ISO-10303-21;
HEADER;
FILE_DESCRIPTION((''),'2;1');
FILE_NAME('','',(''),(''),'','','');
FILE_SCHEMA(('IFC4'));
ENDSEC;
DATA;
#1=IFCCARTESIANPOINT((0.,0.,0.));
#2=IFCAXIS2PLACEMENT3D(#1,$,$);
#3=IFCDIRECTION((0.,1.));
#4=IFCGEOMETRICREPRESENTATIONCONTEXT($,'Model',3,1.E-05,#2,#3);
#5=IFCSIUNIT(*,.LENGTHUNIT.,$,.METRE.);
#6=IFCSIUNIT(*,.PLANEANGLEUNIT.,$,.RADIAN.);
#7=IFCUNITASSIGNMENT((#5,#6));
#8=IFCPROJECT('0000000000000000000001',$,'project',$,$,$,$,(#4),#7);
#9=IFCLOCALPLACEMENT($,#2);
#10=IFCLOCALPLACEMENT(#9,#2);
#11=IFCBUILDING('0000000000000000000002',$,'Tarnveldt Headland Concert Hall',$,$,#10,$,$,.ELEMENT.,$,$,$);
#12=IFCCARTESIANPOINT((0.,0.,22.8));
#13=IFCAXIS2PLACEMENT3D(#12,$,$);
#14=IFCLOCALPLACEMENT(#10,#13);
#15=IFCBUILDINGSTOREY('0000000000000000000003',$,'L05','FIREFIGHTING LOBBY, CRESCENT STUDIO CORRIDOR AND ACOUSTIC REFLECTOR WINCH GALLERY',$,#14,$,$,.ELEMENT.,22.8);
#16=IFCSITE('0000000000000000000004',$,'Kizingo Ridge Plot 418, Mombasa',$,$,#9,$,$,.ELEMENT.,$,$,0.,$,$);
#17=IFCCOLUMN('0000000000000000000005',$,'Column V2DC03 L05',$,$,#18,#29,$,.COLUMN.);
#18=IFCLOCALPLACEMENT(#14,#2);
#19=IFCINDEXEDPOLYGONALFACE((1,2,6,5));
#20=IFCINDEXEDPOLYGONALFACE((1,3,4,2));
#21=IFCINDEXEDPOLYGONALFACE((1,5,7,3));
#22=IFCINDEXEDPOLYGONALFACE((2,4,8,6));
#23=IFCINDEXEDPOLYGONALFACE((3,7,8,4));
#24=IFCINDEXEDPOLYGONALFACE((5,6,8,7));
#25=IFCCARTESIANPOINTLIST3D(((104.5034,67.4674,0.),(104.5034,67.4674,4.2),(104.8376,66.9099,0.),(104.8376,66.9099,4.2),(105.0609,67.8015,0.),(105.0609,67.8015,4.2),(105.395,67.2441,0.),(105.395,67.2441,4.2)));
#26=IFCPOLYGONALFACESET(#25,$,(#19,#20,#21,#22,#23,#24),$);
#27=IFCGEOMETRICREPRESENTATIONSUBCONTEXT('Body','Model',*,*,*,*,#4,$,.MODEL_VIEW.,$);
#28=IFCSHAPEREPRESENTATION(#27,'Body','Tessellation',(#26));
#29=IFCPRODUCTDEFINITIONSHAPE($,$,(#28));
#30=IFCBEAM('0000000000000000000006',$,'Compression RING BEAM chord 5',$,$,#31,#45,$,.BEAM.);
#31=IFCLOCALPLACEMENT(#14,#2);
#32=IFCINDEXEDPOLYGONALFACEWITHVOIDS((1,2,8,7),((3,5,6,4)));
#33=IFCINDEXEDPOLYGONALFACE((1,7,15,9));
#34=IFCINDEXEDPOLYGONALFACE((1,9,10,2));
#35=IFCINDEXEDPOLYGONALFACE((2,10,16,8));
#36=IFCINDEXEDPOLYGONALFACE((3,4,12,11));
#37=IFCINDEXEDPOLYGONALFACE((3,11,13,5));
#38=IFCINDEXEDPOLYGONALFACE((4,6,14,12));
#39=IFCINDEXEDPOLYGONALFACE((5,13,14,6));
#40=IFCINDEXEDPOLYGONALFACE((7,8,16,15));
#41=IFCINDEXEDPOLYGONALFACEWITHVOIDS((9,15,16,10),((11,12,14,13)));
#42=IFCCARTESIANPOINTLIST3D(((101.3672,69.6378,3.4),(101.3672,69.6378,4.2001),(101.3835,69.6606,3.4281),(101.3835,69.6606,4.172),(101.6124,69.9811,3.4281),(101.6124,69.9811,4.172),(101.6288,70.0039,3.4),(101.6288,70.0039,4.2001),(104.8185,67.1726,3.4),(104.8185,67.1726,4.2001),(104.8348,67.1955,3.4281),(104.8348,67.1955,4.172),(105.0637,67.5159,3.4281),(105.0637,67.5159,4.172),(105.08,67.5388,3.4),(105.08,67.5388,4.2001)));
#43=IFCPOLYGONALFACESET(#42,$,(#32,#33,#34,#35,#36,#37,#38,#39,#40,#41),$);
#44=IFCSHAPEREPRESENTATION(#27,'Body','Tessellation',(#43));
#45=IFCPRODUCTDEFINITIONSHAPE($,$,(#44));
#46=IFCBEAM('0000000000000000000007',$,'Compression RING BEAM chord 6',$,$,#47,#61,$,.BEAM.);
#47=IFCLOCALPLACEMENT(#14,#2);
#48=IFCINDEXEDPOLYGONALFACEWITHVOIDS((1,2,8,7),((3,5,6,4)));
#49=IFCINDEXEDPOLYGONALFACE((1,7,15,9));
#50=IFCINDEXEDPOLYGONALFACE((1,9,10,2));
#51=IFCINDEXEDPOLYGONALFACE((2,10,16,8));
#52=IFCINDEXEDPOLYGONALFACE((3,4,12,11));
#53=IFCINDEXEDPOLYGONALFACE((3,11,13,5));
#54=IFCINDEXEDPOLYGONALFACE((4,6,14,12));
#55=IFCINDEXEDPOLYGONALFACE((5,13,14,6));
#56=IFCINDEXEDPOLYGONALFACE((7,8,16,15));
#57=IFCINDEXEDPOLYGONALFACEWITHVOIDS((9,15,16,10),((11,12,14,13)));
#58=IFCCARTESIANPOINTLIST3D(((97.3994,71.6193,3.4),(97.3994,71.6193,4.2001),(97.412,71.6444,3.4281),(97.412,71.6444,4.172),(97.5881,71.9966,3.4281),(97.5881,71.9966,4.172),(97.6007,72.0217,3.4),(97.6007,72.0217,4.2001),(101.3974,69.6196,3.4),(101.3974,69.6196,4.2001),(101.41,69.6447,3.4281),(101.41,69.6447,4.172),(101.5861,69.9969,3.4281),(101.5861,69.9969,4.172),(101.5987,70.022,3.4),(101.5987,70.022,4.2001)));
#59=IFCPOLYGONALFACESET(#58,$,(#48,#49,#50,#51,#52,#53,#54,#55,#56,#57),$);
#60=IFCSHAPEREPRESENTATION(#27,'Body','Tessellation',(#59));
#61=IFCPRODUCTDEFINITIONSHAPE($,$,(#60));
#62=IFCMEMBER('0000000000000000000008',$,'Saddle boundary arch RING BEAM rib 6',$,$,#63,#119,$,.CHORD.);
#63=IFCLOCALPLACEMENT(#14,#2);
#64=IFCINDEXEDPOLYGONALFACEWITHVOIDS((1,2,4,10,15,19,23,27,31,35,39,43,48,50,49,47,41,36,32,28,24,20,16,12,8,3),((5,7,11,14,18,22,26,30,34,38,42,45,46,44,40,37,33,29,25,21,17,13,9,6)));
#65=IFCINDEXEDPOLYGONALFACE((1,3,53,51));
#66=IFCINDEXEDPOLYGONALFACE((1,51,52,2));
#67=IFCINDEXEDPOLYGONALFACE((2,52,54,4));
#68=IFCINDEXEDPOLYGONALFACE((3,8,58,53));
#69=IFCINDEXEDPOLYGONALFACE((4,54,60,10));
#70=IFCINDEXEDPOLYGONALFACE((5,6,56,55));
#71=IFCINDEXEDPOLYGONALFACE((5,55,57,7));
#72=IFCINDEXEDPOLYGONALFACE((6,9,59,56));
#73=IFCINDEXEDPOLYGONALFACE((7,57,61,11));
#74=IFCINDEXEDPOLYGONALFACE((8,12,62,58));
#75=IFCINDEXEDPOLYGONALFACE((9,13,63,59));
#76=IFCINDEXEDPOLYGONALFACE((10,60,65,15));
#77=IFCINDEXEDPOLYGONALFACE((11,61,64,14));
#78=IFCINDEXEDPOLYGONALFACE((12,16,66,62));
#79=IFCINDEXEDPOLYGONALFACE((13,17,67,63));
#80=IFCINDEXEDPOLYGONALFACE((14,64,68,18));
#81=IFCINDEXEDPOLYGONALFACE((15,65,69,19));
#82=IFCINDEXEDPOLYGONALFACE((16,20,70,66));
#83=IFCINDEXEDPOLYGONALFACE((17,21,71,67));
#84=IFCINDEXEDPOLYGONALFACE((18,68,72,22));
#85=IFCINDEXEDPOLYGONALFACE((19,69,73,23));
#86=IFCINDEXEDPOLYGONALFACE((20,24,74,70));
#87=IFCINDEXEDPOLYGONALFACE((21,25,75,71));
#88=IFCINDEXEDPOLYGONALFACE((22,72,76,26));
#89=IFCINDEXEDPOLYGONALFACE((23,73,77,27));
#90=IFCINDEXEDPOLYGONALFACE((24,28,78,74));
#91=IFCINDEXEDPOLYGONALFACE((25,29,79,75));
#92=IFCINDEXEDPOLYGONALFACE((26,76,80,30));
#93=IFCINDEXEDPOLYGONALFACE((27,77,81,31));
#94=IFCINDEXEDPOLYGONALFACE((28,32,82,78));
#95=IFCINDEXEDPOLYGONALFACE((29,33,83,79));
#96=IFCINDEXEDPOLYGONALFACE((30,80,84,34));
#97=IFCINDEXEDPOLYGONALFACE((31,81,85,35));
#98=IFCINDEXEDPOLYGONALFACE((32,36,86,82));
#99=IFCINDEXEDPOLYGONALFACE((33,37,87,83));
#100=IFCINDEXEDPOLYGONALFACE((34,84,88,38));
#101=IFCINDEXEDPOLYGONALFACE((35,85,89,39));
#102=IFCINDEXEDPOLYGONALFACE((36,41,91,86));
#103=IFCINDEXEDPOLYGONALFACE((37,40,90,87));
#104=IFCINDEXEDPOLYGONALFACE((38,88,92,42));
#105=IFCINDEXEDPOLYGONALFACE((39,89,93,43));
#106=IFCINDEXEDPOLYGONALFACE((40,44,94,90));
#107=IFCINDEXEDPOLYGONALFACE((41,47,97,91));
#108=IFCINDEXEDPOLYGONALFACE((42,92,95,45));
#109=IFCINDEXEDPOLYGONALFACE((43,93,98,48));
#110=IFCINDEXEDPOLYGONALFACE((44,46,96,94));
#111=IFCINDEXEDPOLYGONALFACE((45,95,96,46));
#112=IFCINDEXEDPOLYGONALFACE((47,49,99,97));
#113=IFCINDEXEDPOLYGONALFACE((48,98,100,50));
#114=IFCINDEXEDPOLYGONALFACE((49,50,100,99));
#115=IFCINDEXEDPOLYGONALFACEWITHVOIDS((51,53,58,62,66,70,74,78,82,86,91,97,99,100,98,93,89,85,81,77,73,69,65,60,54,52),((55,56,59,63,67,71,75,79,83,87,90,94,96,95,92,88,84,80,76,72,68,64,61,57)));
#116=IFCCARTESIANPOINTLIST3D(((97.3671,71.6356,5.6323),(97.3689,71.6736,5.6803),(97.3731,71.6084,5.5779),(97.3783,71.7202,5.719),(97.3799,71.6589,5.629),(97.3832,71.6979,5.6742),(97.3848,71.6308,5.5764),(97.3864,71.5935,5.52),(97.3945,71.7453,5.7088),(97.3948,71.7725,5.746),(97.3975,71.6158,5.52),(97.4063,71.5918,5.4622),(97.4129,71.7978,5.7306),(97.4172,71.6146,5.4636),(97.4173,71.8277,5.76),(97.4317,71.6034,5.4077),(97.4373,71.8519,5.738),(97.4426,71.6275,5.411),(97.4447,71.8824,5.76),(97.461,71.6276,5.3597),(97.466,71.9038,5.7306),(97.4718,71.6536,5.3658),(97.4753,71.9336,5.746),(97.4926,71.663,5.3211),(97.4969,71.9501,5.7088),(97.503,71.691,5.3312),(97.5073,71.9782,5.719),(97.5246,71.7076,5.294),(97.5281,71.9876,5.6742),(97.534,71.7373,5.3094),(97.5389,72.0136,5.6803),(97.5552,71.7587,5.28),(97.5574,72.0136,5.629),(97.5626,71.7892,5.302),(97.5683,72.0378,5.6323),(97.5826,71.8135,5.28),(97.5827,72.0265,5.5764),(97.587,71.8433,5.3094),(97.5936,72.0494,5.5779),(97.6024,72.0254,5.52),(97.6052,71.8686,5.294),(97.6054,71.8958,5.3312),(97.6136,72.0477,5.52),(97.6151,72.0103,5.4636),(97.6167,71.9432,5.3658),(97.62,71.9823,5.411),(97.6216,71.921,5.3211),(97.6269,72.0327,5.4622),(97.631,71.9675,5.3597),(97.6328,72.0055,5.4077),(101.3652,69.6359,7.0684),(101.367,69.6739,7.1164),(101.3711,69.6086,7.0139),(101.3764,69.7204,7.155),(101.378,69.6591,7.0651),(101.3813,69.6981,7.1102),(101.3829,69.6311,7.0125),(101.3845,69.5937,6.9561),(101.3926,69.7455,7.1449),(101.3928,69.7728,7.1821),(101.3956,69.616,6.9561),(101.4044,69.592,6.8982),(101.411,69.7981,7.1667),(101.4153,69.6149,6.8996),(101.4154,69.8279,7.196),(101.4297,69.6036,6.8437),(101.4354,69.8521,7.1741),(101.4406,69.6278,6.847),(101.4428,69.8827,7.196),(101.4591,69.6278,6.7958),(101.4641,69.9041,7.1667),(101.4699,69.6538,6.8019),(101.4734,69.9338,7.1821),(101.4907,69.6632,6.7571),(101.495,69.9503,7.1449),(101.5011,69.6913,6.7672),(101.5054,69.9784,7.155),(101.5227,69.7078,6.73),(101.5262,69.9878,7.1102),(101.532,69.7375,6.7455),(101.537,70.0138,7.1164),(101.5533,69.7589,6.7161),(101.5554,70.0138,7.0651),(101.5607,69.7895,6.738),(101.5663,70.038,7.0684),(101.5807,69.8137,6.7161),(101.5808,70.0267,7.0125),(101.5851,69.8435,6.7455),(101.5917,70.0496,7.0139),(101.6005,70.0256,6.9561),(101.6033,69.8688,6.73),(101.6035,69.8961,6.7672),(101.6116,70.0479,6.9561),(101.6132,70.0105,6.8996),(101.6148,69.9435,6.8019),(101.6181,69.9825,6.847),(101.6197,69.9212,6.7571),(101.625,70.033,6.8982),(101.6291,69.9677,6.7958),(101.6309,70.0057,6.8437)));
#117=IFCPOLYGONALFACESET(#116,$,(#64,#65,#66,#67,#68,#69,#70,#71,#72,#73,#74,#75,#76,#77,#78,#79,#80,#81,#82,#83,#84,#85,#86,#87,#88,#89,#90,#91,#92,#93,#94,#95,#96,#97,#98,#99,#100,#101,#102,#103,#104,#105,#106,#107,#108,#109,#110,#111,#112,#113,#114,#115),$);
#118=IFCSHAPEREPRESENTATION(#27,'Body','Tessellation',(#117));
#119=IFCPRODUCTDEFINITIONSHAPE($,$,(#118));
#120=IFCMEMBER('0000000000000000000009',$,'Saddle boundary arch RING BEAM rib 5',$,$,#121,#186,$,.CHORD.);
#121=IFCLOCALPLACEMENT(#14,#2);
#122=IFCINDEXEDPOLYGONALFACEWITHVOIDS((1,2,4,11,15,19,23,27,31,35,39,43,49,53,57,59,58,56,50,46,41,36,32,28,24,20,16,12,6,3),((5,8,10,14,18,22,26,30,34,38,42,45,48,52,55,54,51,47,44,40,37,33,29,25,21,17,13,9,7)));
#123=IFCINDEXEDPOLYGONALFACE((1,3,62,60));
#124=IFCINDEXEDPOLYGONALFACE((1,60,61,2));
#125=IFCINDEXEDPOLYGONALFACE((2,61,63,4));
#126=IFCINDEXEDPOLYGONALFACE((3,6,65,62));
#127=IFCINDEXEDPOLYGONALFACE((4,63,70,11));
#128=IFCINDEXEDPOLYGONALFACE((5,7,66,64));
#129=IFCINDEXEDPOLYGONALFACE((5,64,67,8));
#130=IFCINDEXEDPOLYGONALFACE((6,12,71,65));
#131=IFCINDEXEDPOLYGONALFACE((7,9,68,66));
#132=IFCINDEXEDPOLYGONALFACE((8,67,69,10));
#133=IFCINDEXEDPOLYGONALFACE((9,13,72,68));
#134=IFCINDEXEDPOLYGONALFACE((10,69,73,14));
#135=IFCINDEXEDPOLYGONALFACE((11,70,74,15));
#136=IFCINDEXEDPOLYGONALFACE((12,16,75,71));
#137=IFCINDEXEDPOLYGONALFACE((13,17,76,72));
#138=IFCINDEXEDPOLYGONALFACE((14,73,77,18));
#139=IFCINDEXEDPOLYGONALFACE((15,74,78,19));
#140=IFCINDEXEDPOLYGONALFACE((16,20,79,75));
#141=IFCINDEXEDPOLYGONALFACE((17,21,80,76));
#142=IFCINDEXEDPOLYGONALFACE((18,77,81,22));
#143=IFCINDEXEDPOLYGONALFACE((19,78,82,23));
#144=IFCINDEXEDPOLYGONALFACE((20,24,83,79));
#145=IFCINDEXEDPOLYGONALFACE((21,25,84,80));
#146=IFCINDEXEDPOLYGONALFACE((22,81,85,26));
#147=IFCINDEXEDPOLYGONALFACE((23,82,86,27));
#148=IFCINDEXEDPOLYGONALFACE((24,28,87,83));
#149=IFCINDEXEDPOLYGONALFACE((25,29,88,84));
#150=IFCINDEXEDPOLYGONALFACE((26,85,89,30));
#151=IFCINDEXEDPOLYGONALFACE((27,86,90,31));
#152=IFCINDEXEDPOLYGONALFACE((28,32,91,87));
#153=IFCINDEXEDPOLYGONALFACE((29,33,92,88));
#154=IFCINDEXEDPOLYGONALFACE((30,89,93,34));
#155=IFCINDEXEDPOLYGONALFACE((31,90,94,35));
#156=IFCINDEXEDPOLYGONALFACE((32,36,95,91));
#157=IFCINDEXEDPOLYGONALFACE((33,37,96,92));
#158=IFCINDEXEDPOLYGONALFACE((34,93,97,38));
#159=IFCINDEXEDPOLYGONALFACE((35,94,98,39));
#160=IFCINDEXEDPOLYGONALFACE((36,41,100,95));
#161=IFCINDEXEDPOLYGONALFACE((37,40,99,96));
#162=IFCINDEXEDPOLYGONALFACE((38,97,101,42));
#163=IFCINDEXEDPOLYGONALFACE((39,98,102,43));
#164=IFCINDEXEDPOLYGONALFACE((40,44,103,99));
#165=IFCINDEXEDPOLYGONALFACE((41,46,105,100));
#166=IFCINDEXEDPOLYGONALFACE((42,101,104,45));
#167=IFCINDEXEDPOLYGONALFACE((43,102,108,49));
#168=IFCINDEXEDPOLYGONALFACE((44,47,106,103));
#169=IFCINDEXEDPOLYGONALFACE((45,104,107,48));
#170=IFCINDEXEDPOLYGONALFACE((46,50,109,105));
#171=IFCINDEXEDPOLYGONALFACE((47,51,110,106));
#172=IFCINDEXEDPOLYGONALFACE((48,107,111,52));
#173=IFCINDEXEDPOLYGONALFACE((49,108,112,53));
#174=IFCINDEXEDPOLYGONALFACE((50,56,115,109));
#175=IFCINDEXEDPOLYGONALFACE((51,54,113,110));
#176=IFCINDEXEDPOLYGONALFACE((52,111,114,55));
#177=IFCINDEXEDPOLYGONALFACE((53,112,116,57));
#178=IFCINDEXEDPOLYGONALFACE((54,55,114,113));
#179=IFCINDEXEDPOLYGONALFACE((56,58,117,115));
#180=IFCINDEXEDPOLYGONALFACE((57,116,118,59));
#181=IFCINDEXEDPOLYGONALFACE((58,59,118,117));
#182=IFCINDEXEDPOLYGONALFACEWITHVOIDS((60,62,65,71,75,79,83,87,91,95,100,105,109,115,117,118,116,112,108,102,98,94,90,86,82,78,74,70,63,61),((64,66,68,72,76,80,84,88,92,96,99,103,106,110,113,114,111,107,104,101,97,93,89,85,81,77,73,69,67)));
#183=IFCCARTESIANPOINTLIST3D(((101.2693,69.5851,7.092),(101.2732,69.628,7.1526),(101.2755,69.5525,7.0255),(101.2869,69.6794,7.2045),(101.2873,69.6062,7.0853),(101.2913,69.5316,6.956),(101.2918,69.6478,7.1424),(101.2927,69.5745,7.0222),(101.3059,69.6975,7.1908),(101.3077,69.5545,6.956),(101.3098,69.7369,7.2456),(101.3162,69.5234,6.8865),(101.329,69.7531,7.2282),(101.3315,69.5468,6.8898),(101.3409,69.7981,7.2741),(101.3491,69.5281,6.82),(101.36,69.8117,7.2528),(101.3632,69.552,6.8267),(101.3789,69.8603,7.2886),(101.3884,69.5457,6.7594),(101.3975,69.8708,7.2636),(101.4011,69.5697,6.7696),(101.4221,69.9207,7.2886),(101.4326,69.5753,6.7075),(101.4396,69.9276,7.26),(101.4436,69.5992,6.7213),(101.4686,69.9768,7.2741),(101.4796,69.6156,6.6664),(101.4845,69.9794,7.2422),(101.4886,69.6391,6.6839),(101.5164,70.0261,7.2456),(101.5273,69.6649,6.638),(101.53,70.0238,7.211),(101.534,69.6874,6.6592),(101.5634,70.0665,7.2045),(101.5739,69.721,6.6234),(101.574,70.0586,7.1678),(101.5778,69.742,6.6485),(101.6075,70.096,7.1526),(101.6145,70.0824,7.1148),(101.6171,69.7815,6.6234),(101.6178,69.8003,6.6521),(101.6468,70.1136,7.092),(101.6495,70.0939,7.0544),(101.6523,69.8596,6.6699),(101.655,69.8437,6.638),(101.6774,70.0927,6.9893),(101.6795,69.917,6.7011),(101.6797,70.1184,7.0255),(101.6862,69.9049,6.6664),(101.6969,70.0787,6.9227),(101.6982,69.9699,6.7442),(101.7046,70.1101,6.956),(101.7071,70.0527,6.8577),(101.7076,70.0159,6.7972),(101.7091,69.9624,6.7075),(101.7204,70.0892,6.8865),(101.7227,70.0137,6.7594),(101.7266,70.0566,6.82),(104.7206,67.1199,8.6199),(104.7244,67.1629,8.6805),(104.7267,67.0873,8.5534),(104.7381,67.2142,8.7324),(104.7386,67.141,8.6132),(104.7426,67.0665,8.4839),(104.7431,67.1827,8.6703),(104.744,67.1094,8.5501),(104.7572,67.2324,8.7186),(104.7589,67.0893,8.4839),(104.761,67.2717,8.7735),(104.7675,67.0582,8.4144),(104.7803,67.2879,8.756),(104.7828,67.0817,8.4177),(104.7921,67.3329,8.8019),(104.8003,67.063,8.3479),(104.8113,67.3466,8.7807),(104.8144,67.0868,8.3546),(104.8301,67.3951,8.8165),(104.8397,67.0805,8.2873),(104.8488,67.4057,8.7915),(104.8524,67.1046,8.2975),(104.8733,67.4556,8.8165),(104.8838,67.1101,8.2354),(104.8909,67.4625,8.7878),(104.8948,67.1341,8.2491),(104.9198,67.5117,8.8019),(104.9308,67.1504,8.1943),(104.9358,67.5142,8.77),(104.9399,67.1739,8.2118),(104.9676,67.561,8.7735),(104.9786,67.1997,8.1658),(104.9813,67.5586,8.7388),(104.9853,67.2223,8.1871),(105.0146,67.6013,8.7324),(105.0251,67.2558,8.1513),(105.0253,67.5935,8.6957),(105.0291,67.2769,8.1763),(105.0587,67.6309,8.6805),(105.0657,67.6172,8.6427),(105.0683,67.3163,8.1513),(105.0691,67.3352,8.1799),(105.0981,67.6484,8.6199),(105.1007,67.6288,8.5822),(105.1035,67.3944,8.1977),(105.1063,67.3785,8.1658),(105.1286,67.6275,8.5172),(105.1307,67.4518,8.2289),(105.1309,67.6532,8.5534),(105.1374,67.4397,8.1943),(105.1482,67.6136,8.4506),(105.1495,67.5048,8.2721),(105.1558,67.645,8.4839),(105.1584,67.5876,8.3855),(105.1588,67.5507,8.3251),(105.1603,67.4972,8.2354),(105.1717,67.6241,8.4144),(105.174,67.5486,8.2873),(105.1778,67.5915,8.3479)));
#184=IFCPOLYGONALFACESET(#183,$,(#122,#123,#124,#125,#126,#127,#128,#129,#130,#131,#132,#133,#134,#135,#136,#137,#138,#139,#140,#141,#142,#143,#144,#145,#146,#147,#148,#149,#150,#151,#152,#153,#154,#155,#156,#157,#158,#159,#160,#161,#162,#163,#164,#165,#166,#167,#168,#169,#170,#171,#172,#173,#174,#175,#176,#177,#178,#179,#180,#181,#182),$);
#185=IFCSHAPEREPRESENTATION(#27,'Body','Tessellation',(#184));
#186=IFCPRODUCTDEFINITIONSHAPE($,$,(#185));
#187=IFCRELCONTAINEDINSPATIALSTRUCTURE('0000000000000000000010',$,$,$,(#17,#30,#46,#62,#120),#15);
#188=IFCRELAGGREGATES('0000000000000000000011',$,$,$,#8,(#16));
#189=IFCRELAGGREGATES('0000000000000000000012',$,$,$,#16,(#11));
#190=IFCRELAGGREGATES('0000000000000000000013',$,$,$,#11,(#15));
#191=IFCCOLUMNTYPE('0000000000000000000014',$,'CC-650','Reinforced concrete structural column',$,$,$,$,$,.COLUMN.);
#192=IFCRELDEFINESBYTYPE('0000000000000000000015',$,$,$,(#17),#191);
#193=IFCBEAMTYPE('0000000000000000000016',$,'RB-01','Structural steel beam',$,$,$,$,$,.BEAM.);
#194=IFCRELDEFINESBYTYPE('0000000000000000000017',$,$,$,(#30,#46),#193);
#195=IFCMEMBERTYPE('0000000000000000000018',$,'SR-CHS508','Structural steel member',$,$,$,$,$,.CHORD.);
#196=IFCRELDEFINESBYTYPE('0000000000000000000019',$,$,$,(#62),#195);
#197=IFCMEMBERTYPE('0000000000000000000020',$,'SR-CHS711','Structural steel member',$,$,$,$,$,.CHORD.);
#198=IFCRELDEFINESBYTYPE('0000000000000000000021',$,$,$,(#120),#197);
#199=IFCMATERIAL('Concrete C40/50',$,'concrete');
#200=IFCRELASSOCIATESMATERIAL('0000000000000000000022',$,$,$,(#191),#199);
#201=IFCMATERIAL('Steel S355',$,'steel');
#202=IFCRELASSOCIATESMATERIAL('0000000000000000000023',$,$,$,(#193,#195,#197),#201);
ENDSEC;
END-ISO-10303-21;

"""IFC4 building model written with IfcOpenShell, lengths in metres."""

from ifc_helpers import new_model, si_unit, direction, frame, origin, origin_2d, place, context, subcontext, project, spatial, rectangle, hollow_rectangle, hollow_circle, extrude, material, material_profile, profile_set, type_object, element, save


model = new_model("IFC4")

# Units and contexts
model_context = context("Model", 3, precision=1e-05, world=origin(), true_north=direction((0.0, 1.0)))
body_context = subcontext(model_context, "Body", "Model", "MODEL_VIEW")
ifc_project = project(units=[si_unit("LENGTHUNIT", "METRE"), si_unit("PLANEANGLEUNIT", "RADIAN")], contexts=[model_context])

# Site, building, storey
site_placement = place(None, origin())
site = spatial("IfcSite", under=ifc_project, at=site_placement, Name="Kizingo Ridge Plot 418, Mombasa", CompositionType="ELEMENT", RefElevation=0.0)
building_placement = place(site_placement, origin())
building = spatial("IfcBuilding", under=site, at=building_placement, Name="Tarnveldt Headland Concert Hall", CompositionType="ELEMENT")
storey_placement = place(building_placement, frame((0.0, 0.0, 22.8)))
storey = spatial("IfcBuildingStorey", under=building, at=storey_placement, Name="L05", Description="FIREFIGHTING LOBBY, CRESCENT STUDIO CORRIDOR AND ACOUSTIC REFLECTOR WINCH GALLERY", CompositionType="ELEMENT", Elevation=22.8)

# Column
ifc_material_1 = material(Name="Concrete C40/50", Category="concrete")
ifc_material_profile_1 = material_profile(ifc_material_1, rectangle(XDim=0.6499, YDim=0.6499, at=origin_2d()), Name="RC 650x650", Category="concrete")
ifc_profile_set_1 = profile_set([ifc_material_profile_1], Name="Concrete C40/50")
column_type = type_object("IfcColumnType", Name="CC-650", Description="Reinforced concrete structural column", PredefinedType="COLUMN", material=ifc_profile_set_1)
column_placement = place(storey_placement, frame((104.9492, 67.3557, 0.0), z_axis=(0.0, 0.0, 1.0), x_axis=(0.857706, 0.51414, 0.0)))
element("IfcColumn", 1, at=column_placement, inside=storey, type_object=column_type, Name="Column V2DC03 L05", PredefinedType="COLUMN", context=body_context, shape_type="SweptSolid", body=[
    extrude(rectangle(XDim=0.6499, YDim=0.6499, at=origin_2d()), origin(), (0.0, 0.0, 1.0), 4.2),
])

# Beams
ifc_material_2 = material(Name="Steel S355", Category="steel")
ifc_material_profile_2 = material_profile(ifc_material_2, hollow_rectangle(XDim=0.45, YDim=0.8, WallThickness=0.0281, at=origin_2d()), Name="RHS 800x450x28", Category="steel")
ifc_profile_set_2 = profile_set([ifc_material_profile_2], Name="Steel S355")
beam_type = type_object("IfcBeamType", Name="RB-01", Description="Structural steel beam", PredefinedType="BEAM", material=ifc_profile_set_2)
beam_1_placement = place(storey_placement, frame((104.9492, 67.3557, 3.8), z_axis=(-0.813737, 0.581233, 0.0), x_axis=(-0.581233, -0.813737, 0.0)))
element("IfcBeam", 2, at=beam_1_placement, inside=storey, type_object=beam_type, Name="Compression RING BEAM chord 5", PredefinedType="BEAM", context=body_context, shape_type="SweptSolid", body=[
    extrude(hollow_rectangle(XDim=0.45, YDim=0.8, WallThickness=0.0281, at=origin_2d()), origin(), (0.0, 0.0, 1.0), 4.2412),
])
beam_2_placement = place(storey_placement, frame((101.498, 69.8208, 3.8), z_axis=(-0.894362, 0.447345, 0.0), x_axis=(-0.447345, -0.894362, 0.0)))
element("IfcBeam", 3, at=beam_2_placement, inside=storey, type_object=beam_type, Name="Compression RING BEAM chord 6", PredefinedType="BEAM", context=body_context, shape_type="SweptSolid", body=[
    extrude(hollow_rectangle(XDim=0.45, YDim=0.8, WallThickness=0.0281, at=origin_2d()), origin(), (0.0, 0.0, 1.0), 4.4702),
])

# Members
ifc_material_profile_3 = material_profile(ifc_material_2, hollow_circle(Radius=0.2539, WallThickness=0.0249, at=origin_2d()), Name="CHS 508x25", Category="steel")
ifc_profile_set_3 = profile_set([ifc_material_profile_3], Name="Steel S355")
member_type_1 = type_object("IfcMemberType", Name="SR-CHS508", Description="Structural steel member", PredefinedType="CHORD", material=ifc_profile_set_3)
member_1_placement = place(storey_placement, frame((101.498, 69.8208, 6.9561), z_axis=(-0.851504, 0.425908, -0.305847), x_axis=(-0.447345, -0.894362, 0.0)))
element("IfcMember", 4, at=member_1_placement, inside=storey, type_object=member_type_1, Name="Saddle boundary arch RING BEAM rib 6", PredefinedType="CHORD", context=body_context, shape_type="SweptSolid", body=[
    extrude(hollow_circle(Radius=0.2539, WallThickness=0.0249, at=origin_2d()), origin(), (0.0, 0.0, 1.0), 4.6953),
])
ifc_material_profile_4 = material_profile(ifc_material_2, hollow_circle(Radius=0.3555, WallThickness=0.0281, at=origin_2d()), Name="CHS 711x28", Category="steel")
ifc_profile_set_4 = profile_set([ifc_material_profile_4], Name="Steel S355")
member_type_2 = type_object("IfcMemberType", Name="SR-CHS711", Description="Structural steel member", PredefinedType="CHORD", material=ifc_profile_set_4)
member_2_placement = place(storey_placement, frame((104.9492, 67.3557, 8.4839), z_axis=(-0.765576, 0.546833, -0.33892), x_axis=(-0.581233, -0.813737, 0.0)))
element("IfcMember", 5, at=member_2_placement, inside=storey, type_object=member_type_2, Name="Saddle boundary arch RING BEAM rib 5", PredefinedType="CHORD", context=body_context, shape_type="SweptSolid", body=[
    extrude(hollow_circle(Radius=0.3555, WallThickness=0.0281, at=origin_2d()), origin(), (0.0, 0.0, 1.0), 4.5081),
])

save(model, "model.ifc")
